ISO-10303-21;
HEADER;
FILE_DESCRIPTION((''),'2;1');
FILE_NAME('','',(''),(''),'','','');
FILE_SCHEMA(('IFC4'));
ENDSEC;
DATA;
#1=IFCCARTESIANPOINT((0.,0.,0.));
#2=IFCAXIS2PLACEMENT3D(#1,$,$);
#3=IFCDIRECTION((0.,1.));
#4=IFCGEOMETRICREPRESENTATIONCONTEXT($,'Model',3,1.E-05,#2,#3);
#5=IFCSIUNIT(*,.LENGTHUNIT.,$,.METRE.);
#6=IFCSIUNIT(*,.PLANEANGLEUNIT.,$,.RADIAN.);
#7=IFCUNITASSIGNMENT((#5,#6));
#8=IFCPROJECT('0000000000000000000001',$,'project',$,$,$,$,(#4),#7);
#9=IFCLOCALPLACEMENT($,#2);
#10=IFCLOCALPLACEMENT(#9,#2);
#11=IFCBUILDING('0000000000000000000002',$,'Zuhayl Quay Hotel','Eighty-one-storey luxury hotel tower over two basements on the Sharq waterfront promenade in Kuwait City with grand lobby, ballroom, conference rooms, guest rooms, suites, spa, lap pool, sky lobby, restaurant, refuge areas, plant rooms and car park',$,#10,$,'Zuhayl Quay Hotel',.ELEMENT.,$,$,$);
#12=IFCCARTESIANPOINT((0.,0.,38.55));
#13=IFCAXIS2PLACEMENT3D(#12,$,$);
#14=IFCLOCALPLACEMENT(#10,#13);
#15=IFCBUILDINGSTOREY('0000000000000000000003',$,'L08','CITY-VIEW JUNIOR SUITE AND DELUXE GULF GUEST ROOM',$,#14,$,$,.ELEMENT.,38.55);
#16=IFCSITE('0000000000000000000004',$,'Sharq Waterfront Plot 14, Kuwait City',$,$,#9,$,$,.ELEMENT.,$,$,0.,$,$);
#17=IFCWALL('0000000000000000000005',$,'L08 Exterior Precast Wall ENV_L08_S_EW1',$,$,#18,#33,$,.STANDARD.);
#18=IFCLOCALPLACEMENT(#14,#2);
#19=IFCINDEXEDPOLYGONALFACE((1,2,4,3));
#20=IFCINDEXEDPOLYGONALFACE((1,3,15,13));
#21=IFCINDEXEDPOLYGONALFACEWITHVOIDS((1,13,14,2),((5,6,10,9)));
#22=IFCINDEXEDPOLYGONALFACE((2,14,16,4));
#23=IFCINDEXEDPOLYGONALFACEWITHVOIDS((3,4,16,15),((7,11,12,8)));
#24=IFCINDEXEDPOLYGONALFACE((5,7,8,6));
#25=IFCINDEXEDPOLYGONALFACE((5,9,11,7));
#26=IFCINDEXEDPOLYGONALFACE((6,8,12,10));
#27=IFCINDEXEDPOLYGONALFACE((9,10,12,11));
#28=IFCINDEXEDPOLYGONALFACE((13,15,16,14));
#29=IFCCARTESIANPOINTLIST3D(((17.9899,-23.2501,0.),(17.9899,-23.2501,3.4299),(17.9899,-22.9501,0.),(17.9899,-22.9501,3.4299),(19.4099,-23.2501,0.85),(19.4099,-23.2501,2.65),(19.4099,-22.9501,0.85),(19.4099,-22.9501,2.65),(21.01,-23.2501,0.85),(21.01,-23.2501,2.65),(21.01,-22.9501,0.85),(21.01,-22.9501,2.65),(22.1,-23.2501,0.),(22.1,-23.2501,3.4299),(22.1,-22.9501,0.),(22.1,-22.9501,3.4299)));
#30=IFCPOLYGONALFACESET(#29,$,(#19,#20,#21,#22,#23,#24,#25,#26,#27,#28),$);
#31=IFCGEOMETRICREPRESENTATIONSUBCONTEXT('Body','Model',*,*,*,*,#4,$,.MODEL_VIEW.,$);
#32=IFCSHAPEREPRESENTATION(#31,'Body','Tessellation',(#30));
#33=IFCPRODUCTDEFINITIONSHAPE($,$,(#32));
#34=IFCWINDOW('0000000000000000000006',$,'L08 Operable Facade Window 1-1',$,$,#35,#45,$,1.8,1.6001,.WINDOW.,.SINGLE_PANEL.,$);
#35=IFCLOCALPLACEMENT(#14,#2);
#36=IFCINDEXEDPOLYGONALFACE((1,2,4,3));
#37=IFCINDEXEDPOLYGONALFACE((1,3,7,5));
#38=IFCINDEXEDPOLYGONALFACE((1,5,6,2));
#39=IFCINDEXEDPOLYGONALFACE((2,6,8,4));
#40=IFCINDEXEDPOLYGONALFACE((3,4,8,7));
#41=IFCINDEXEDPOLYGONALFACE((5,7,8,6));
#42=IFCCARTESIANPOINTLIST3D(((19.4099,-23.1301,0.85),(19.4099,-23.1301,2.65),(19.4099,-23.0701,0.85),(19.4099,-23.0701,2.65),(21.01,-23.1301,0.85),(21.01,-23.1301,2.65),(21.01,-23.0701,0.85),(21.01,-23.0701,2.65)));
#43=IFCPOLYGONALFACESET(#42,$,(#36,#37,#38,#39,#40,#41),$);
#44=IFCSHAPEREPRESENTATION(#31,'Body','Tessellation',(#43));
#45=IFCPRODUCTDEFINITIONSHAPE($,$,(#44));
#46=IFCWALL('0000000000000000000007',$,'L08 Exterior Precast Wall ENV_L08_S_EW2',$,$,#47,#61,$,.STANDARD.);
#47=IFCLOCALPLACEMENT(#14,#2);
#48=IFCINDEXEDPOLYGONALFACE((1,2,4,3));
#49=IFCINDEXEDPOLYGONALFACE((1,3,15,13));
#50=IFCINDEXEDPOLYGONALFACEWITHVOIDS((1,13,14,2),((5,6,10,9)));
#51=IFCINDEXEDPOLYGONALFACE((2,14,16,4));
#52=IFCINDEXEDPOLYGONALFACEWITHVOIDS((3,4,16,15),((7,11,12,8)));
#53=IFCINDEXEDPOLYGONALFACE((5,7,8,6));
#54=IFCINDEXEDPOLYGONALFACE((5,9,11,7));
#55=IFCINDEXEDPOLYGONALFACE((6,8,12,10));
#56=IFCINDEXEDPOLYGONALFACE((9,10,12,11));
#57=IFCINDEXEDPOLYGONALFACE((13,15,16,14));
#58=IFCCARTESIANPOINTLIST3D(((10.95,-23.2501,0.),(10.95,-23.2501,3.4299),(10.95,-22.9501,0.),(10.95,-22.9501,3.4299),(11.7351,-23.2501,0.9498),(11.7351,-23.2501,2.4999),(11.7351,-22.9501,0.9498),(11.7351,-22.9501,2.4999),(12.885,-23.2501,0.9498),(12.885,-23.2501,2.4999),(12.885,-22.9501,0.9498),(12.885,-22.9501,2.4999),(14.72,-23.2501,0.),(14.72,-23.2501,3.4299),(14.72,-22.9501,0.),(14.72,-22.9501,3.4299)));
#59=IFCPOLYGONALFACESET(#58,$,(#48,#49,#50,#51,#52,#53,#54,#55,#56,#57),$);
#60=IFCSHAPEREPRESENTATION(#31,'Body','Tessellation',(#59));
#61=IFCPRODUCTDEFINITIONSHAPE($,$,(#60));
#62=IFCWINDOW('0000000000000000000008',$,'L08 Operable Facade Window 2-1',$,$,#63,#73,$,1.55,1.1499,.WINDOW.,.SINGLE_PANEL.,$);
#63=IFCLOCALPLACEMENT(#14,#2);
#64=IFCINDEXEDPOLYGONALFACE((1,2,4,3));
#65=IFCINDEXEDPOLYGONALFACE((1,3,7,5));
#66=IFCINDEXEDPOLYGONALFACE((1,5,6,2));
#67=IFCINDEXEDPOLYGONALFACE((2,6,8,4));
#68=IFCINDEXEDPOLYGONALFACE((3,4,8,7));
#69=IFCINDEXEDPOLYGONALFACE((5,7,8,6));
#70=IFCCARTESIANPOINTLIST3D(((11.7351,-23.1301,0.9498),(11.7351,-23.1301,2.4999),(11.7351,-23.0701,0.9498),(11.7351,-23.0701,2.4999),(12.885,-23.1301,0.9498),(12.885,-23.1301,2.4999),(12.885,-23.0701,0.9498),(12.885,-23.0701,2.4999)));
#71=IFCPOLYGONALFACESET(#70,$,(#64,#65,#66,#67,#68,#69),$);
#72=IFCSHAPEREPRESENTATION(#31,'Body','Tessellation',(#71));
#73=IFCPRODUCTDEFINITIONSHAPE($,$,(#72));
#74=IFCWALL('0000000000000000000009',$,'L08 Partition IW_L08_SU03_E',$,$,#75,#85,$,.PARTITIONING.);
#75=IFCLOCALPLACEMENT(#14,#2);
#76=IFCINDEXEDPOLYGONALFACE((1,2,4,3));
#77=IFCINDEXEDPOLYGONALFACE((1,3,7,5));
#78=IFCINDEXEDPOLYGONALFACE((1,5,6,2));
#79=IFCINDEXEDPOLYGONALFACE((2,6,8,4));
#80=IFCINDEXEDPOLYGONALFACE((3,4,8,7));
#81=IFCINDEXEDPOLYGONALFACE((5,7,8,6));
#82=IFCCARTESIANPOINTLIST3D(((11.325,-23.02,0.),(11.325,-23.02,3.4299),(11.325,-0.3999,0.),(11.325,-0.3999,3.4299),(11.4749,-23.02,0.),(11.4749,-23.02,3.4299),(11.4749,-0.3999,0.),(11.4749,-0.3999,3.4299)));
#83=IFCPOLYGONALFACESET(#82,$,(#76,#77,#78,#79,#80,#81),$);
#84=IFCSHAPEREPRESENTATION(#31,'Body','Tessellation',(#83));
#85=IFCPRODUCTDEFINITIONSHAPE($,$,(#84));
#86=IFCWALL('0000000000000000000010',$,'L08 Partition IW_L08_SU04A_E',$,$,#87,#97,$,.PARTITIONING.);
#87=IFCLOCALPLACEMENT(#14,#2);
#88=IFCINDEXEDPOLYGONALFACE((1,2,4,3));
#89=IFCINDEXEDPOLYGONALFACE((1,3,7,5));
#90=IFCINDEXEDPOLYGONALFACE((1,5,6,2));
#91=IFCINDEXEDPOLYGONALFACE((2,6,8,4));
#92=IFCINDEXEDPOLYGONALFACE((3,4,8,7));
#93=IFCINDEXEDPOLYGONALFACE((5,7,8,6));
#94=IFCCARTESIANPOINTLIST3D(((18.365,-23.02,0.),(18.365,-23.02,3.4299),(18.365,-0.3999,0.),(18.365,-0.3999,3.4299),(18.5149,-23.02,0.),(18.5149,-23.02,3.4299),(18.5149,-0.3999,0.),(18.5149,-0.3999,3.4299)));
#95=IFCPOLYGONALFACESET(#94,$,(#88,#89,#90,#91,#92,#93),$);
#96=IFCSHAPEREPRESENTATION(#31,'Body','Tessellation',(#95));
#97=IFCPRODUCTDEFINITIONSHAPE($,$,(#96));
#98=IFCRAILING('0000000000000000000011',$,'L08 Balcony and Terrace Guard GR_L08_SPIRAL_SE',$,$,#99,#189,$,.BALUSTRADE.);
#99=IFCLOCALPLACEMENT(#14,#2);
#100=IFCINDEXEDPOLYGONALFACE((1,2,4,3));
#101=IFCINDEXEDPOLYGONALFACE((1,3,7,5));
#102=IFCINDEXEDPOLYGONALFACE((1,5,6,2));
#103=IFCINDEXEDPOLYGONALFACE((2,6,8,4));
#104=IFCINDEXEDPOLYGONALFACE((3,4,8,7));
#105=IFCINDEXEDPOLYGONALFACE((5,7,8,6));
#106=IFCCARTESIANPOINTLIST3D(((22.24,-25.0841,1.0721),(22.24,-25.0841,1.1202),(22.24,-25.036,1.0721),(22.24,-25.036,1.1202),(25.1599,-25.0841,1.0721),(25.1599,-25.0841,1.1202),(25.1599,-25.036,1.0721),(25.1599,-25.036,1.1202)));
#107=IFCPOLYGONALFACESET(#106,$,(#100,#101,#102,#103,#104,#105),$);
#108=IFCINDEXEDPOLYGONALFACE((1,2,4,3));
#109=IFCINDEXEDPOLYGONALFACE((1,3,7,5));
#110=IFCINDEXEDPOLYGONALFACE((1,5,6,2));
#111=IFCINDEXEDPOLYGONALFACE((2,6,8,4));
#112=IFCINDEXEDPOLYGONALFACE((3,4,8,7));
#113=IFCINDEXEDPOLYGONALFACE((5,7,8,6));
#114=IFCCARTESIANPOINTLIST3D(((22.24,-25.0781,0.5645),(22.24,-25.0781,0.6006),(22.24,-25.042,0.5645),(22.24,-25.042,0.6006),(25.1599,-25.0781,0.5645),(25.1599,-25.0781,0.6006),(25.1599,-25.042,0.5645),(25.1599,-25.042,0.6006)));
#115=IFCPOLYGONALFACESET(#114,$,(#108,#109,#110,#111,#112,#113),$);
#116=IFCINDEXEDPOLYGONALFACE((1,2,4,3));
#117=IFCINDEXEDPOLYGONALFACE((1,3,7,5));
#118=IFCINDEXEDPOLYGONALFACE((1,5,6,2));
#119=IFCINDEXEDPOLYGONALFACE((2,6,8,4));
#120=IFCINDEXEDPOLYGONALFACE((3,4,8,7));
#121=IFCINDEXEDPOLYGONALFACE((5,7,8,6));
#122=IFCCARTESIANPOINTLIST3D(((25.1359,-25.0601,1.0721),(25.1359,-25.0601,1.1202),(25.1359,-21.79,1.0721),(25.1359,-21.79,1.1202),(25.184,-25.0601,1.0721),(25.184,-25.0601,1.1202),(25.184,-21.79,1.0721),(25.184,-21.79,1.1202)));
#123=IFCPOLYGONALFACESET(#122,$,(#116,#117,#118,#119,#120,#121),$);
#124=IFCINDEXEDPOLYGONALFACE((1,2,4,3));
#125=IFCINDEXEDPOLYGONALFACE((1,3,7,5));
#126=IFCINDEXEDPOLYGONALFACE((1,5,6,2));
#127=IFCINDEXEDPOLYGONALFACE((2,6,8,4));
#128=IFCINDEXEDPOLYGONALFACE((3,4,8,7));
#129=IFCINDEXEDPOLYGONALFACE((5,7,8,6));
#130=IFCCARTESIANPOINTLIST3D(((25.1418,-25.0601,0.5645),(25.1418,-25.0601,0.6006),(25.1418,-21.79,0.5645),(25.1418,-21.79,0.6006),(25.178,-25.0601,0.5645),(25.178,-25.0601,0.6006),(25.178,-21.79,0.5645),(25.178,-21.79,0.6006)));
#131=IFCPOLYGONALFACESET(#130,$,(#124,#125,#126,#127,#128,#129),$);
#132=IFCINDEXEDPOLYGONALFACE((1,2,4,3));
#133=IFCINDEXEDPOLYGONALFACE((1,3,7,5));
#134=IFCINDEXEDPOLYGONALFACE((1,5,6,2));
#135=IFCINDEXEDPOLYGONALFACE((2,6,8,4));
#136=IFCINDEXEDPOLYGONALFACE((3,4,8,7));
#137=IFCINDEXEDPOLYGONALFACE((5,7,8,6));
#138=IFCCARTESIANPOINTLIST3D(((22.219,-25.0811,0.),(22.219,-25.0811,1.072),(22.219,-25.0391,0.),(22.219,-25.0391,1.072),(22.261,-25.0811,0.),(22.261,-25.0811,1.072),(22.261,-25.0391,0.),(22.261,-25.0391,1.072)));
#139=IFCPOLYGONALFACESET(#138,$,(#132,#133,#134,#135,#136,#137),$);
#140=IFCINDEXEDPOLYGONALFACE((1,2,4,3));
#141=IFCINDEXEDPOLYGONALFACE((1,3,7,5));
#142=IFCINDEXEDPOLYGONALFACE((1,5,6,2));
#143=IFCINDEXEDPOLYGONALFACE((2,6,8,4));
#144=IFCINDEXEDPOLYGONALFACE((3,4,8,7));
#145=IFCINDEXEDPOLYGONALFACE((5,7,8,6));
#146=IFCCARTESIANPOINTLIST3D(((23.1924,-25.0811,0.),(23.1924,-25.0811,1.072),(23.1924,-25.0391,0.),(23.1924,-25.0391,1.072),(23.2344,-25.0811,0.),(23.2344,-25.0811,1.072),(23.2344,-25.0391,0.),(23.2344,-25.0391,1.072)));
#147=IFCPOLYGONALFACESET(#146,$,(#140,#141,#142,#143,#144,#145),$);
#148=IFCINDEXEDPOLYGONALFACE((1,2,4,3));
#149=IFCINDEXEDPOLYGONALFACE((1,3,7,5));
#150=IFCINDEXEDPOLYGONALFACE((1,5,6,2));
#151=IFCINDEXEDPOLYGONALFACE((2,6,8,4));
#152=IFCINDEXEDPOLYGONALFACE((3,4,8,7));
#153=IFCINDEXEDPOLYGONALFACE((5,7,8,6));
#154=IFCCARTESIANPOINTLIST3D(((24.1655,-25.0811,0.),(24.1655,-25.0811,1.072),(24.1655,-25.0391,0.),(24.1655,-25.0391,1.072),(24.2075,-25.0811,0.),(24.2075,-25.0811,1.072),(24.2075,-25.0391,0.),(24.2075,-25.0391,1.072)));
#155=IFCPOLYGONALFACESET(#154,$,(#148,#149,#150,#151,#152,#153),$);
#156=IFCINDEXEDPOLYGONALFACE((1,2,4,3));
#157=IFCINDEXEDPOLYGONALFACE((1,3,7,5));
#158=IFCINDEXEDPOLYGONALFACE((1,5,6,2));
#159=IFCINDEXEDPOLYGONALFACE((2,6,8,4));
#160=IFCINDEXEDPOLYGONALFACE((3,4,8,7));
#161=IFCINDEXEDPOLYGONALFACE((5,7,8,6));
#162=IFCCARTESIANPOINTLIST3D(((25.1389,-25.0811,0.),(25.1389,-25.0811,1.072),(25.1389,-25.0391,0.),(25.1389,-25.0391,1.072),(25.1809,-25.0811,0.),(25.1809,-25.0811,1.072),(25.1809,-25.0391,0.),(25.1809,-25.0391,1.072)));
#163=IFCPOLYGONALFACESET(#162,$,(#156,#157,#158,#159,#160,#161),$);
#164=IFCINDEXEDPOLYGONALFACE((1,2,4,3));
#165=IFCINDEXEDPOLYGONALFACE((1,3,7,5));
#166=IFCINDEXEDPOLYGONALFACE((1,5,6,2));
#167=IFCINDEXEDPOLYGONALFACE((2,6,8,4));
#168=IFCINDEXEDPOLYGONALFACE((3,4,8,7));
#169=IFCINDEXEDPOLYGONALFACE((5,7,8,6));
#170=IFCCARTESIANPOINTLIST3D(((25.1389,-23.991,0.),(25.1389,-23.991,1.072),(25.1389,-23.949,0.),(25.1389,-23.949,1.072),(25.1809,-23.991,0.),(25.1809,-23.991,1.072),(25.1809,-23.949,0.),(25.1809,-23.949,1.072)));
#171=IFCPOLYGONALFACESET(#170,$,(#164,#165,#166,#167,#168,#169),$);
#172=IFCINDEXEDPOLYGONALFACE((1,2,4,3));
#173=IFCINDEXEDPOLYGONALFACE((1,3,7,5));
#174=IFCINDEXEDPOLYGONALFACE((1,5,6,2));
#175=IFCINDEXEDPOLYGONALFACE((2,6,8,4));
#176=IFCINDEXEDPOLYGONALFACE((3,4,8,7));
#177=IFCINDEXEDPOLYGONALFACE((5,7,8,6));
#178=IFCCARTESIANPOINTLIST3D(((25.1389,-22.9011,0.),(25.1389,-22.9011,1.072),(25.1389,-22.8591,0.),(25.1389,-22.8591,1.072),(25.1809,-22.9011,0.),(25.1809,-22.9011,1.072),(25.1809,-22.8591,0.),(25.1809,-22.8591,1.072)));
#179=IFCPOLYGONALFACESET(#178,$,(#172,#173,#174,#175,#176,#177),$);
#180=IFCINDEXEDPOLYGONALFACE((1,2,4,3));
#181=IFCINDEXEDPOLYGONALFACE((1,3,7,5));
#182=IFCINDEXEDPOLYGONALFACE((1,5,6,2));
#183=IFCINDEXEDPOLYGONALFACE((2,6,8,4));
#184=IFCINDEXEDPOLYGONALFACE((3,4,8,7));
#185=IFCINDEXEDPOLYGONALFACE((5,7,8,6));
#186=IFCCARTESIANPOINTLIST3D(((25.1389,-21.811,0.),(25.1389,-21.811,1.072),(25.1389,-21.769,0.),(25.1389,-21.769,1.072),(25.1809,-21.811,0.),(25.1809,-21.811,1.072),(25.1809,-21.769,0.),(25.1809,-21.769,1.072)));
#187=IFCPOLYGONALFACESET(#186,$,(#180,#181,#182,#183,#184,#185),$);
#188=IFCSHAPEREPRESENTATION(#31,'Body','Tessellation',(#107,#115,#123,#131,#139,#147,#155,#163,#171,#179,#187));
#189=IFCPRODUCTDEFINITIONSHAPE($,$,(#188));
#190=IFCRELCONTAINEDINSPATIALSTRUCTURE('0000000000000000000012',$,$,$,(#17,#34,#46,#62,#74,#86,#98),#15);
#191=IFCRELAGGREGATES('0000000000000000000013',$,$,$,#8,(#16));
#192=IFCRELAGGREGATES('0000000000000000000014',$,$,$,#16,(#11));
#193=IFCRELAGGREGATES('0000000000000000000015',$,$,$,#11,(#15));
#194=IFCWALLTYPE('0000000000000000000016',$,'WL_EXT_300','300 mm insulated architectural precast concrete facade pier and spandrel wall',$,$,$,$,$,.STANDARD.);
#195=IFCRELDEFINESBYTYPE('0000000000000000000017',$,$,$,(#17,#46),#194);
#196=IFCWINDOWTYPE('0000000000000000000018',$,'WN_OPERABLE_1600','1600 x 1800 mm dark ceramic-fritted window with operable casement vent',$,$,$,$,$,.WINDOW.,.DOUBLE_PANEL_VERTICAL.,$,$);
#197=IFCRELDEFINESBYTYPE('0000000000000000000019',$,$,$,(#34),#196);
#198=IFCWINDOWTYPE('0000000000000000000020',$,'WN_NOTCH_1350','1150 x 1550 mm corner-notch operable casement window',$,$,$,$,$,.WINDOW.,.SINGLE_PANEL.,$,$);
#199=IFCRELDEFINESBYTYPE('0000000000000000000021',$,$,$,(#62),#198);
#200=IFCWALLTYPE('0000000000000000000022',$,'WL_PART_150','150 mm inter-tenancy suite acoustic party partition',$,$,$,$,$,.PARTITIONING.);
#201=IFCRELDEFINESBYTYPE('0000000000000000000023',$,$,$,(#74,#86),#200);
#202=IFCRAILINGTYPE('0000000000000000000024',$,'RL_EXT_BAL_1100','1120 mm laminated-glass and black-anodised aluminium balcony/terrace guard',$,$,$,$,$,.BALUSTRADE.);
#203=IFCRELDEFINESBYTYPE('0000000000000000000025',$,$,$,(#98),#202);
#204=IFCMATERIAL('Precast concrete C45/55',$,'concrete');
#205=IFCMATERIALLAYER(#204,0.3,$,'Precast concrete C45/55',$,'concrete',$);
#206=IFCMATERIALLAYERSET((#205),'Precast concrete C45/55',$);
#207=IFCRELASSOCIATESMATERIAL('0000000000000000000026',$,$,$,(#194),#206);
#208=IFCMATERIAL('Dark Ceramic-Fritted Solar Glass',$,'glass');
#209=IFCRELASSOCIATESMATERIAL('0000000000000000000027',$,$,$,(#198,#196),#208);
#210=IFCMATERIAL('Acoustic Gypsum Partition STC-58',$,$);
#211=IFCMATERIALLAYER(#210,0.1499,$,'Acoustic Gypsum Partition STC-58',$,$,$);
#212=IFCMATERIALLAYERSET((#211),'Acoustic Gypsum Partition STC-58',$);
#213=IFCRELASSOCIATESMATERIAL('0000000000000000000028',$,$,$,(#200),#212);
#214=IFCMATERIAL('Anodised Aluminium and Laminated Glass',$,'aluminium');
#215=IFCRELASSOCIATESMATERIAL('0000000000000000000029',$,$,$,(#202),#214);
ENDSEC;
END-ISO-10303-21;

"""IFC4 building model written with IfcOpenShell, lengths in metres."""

from ifc_helpers import new_model, si_unit, direction, frame, frame_2d, origin, origin_2d, place, context, subcontext, project, spatial, rectangle, extrude, material, layer, layer_set, type_object, element, fill, save


model = new_model("IFC4")

# Units and contexts
model_context = context("Model", 3, precision=1e-05, world=origin(), true_north=direction((0.0, 1.0)))
body_context = subcontext(model_context, "Body", "Model", "MODEL_VIEW")
ifc_project = project(units=[si_unit("LENGTHUNIT", "METRE"), si_unit("PLANEANGLEUNIT", "RADIAN")], contexts=[model_context])

# Site, building, storey
site_placement = place(None, origin())
site = spatial("IfcSite", under=ifc_project, at=site_placement, Name="Sharq Waterfront Plot 14, Kuwait City", CompositionType="ELEMENT", RefElevation=0.0)
building_placement = place(site_placement, origin())
building = spatial("IfcBuilding", under=site, at=building_placement, Name="Zuhayl Quay Hotel", Description="Eighty-one-storey luxury hotel tower over two basements on the Sharq waterfront promenade in Kuwait City with grand lobby, ballroom, conference rooms, guest rooms, suites, spa, lap pool, sky lobby, restaurant, refuge areas, plant rooms and car park", LongName="Zuhayl Quay Hotel", CompositionType="ELEMENT")
storey_placement = place(building_placement, frame((0.0, 0.0, 38.55)))
storey = spatial("IfcBuildingStorey", under=building, at=storey_placement, Name="L08", Description="CITY-VIEW JUNIOR SUITE AND DELUXE GULF GUEST ROOM", CompositionType="ELEMENT", Elevation=38.55)

# Shared definitions
ifc_material_1 = material(Name="Dark Ceramic-Fritted Solar Glass", Category="glass")

# Shared definitions
ifc_material_2 = material(Name="Precast concrete C45/55", Category="concrete")
ifc_layer_1 = layer(ifc_material_2, 0.3, Name="Precast concrete C45/55", Category="concrete")
ifc_layer_set_1 = layer_set([ifc_layer_1], Name="Precast concrete C45/55")
wall_type_1 = type_object("IfcWallType", Name="WL_EXT_300", Description="300 mm insulated architectural precast concrete facade pier and spandrel wall", PredefinedType="STANDARD", material=ifc_layer_set_1)

# Shared definitions
window_type_1 = type_object("IfcWindowType", Name="WN_NOTCH_1350", Description="1150 x 1550 mm corner-notch operable casement window", PartitioningType="SINGLE_PANEL", PredefinedType="WINDOW", material=ifc_material_1)

# Walls, openings, windows
wall_1_placement = place(storey_placement, frame((22.1001, -23.1001, 0.0), z_axis=(0.0, 0.0, 1.0), x_axis=(-1.0, 0.0, 0.0)))
wall_1 = element("IfcWall", 1, at=wall_1_placement, inside=storey, type_object=wall_type_1, Name="L08 Exterior Precast Wall ENV_L08_S_EW1", PredefinedType="STANDARD", context=body_context, shape_type="SweptSolid", body=[
    extrude(rectangle(XDim=4.1101, YDim=0.3, at=frame_2d((2.0552, 0.0))), origin(), (0.0, 0.0, 1.0), 3.4299),
])
opening_1_placement = place(wall_1_placement, frame((1.0901, 0.0, 0.8501)))
opening_1 = element("IfcOpeningElement", 2, at=opening_1_placement, cuts=wall_1, PredefinedType="OPENING", context=body_context, shape_type="SweptSolid", body=[
    extrude(rectangle(XDim=1.6001, YDim=1.8, at=frame_2d((0.8, 0.8999))), frame((0.0, 0.1599, 0.0), z_axis=(0.0, -1.0, 0.0), x_axis=(1.0, 0.0, 0.0)), (0.0, 0.0, 1.0), 0.3201),
])
window_type_2 = type_object("IfcWindowType", Name="WN_OPERABLE_1600", Description="1600 x 1800 mm dark ceramic-fritted window with operable casement vent", PartitioningType="DOUBLE_PANEL_VERTICAL", PredefinedType="WINDOW", material=ifc_material_1)
window_1_placement = place(opening_1_placement, origin())
window_1 = element("IfcWindow", 3, at=window_1_placement, inside=storey, type_object=window_type_2, Name="L08 Operable Facade Window 1-1", OverallHeight=1.8, OverallWidth=1.6001, PartitioningType="SINGLE_PANEL", PredefinedType="WINDOW", context=body_context, shape_type="SweptSolid", body=[
    extrude(rectangle(XDim=1.6001, YDim=1.8, at=frame_2d((0.8, 0.8999))), frame((0.0, 0.03, 0.0), z_axis=(0.0, -1.0, 0.0), x_axis=(1.0, 0.0, 0.0)), (0.0, 0.0, 1.0), 0.0601),
])
fill(opening_1, window_1)
wall_2_placement = place(storey_placement, frame((14.72, -23.1001, 0.0), z_axis=(0.0, 0.0, 1.0), x_axis=(-1.0, 0.0, 0.0)))
wall_2 = element("IfcWall", 4, at=wall_2_placement, inside=storey, type_object=wall_type_1, Name="L08 Exterior Precast Wall ENV_L08_S_EW2", PredefinedType="STANDARD", context=body_context, shape_type="SweptSolid", body=[
    extrude(rectangle(XDim=3.77, YDim=0.3, at=frame_2d((1.885, 0.0))), origin(), (0.0, 0.0, 1.0), 3.4299),
])
opening_2_placement = place(wall_2_placement, frame((1.835, 0.0, 0.95)))
opening_2 = element("IfcOpeningElement", 5, at=opening_2_placement, cuts=wall_2, PredefinedType="OPENING", context=body_context, shape_type="SweptSolid", body=[
    extrude(rectangle(XDim=1.1499, YDim=1.55, at=frame_2d((0.575, 0.7749))), frame((0.0, 0.1599, 0.0), z_axis=(0.0, -1.0, 0.0), x_axis=(1.0, 0.0, 0.0)), (0.0, 0.0, 1.0), 0.3201),
])
window_2_placement = place(opening_2_placement, origin())
window_2 = element("IfcWindow", 6, at=window_2_placement, inside=storey, type_object=window_type_1, Name="L08 Operable Facade Window 2-1", OverallHeight=1.55, OverallWidth=1.1499, PartitioningType="SINGLE_PANEL", PredefinedType="WINDOW", context=body_context, shape_type="SweptSolid", body=[
    extrude(rectangle(XDim=1.1499, YDim=1.55, at=frame_2d((0.575, 0.7749))), frame((0.0, 0.03, 0.0), z_axis=(0.0, -1.0, 0.0), x_axis=(1.0, 0.0, 0.0)), (0.0, 0.0, 1.0), 0.0601),
])
fill(opening_2, window_2)

# Walls
ifc_material_3 = material(Name="Acoustic Gypsum Partition STC-58")
ifc_layer_2 = layer(ifc_material_3, 0.1499, Name="Acoustic Gypsum Partition STC-58")
ifc_layer_set_2 = layer_set([ifc_layer_2], Name="Acoustic Gypsum Partition STC-58")
wall_type_2 = type_object("IfcWallType", Name="WL_PART_150", Description="150 mm inter-tenancy suite acoustic party partition", PredefinedType="PARTITIONING", material=ifc_layer_set_2)
for number, where, z_axis, x_axis, name in (
    (7, (11.3999, -23.02, 0.0), (0.0, 0.0, 1.0), (0.0, 1.0, 0.0), "L08 Partition IW_L08_SU03_E"),
    (8, (18.4399, -23.02, 0.0), (0.0, 0.0, 1.0), (0.0, 1.0, 0.0), "L08 Partition IW_L08_SU04A_E"),
):
    element("IfcWall", number, at=place(storey_placement, frame(where, z_axis=z_axis, x_axis=x_axis)), inside=storey, type_object=wall_type_2, Name=name, PredefinedType="PARTITIONING", context=body_context, shape_type="SweptSolid", body=[
        extrude(rectangle(XDim=22.6201, YDim=0.1499, at=frame_2d((11.3101, 0.0))), origin(), (0.0, 0.0, 1.0), 3.4299),
    ])

# Railing
ifc_material_4 = material(Name="Anodised Aluminium and Laminated Glass", Category="aluminium")
railing_type = type_object("IfcRailingType", Name="RL_EXT_BAL_1100", Description="1120 mm laminated-glass and black-anodised aluminium balcony/terrace guard", PredefinedType="BALUSTRADE", material=ifc_material_4)
railing_placement = place(storey_placement, frame((22.24, -25.0601, 0.0)))
element("IfcRailing", 9, at=railing_placement, inside=storey, type_object=railing_type, Name="L08 Balcony and Terrace Guard GR_L08_SPIRAL_SE", PredefinedType="BALUSTRADE", context=body_context, shape_type="SweptSolid", body=[
    extrude(rectangle(XDim=0.0481, YDim=0.0481, at=origin_2d()), frame((0.0, 0.0, 1.0962), z_axis=(1.0, 0.0, 0.0), x_axis=(0.0, 1.0, 0.0)), (0.0, 0.0, 1.0), 2.9199),
    extrude(rectangle(XDim=0.0361, YDim=0.0361, at=origin_2d()), frame((0.0, 0.0, 0.5825), z_axis=(1.0, 0.0, 0.0), x_axis=(0.0, 1.0, 0.0)), (0.0, 0.0, 1.0), 2.9199),
    extrude(rectangle(XDim=0.0481, YDim=0.0481, at=origin_2d()), frame((2.9199, 0.0, 1.0962), z_axis=(0.0, 1.0, 0.0), x_axis=(-1.0, 0.0, 0.0)), (0.0, 0.0, 1.0), 3.27),
    extrude(rectangle(XDim=0.0361, YDim=0.0361, at=origin_2d()), frame((2.9199, 0.0, 0.5825), z_axis=(0.0, 1.0, 0.0), x_axis=(-1.0, 0.0, 0.0)), (0.0, 0.0, 1.0), 3.27),
    extrude(rectangle(XDim=0.042, YDim=0.042, at=origin_2d()), origin(), (0.0, 0.0, 1.0), 1.072),
    extrude(rectangle(XDim=0.042, YDim=0.042, at=origin_2d()), frame((0.9734, 0.0, 0.0)), (0.0, 0.0, 1.0), 1.072),
    extrude(rectangle(XDim=0.042, YDim=0.042, at=origin_2d()), frame((1.9465, 0.0, 0.0)), (0.0, 0.0, 1.0), 1.072),
    extrude(rectangle(XDim=0.042, YDim=0.042, at=origin_2d()), frame((2.9199, 0.0, 0.0)), (0.0, 0.0, 1.0), 1.072),
    extrude(rectangle(XDim=0.042, YDim=0.042, at=origin_2d()), frame((2.9199, 1.0901, 0.0)), (0.0, 0.0, 1.0), 1.072),
    extrude(rectangle(XDim=0.042, YDim=0.042, at=origin_2d()), frame((2.9199, 2.1799, 0.0)), (0.0, 0.0, 1.0), 1.072),
    extrude(rectangle(XDim=0.042, YDim=0.042, at=origin_2d()), frame((2.9199, 3.27, 0.0)), (0.0, 0.0, 1.0), 1.072),
])

save(model, "model.ifc")
